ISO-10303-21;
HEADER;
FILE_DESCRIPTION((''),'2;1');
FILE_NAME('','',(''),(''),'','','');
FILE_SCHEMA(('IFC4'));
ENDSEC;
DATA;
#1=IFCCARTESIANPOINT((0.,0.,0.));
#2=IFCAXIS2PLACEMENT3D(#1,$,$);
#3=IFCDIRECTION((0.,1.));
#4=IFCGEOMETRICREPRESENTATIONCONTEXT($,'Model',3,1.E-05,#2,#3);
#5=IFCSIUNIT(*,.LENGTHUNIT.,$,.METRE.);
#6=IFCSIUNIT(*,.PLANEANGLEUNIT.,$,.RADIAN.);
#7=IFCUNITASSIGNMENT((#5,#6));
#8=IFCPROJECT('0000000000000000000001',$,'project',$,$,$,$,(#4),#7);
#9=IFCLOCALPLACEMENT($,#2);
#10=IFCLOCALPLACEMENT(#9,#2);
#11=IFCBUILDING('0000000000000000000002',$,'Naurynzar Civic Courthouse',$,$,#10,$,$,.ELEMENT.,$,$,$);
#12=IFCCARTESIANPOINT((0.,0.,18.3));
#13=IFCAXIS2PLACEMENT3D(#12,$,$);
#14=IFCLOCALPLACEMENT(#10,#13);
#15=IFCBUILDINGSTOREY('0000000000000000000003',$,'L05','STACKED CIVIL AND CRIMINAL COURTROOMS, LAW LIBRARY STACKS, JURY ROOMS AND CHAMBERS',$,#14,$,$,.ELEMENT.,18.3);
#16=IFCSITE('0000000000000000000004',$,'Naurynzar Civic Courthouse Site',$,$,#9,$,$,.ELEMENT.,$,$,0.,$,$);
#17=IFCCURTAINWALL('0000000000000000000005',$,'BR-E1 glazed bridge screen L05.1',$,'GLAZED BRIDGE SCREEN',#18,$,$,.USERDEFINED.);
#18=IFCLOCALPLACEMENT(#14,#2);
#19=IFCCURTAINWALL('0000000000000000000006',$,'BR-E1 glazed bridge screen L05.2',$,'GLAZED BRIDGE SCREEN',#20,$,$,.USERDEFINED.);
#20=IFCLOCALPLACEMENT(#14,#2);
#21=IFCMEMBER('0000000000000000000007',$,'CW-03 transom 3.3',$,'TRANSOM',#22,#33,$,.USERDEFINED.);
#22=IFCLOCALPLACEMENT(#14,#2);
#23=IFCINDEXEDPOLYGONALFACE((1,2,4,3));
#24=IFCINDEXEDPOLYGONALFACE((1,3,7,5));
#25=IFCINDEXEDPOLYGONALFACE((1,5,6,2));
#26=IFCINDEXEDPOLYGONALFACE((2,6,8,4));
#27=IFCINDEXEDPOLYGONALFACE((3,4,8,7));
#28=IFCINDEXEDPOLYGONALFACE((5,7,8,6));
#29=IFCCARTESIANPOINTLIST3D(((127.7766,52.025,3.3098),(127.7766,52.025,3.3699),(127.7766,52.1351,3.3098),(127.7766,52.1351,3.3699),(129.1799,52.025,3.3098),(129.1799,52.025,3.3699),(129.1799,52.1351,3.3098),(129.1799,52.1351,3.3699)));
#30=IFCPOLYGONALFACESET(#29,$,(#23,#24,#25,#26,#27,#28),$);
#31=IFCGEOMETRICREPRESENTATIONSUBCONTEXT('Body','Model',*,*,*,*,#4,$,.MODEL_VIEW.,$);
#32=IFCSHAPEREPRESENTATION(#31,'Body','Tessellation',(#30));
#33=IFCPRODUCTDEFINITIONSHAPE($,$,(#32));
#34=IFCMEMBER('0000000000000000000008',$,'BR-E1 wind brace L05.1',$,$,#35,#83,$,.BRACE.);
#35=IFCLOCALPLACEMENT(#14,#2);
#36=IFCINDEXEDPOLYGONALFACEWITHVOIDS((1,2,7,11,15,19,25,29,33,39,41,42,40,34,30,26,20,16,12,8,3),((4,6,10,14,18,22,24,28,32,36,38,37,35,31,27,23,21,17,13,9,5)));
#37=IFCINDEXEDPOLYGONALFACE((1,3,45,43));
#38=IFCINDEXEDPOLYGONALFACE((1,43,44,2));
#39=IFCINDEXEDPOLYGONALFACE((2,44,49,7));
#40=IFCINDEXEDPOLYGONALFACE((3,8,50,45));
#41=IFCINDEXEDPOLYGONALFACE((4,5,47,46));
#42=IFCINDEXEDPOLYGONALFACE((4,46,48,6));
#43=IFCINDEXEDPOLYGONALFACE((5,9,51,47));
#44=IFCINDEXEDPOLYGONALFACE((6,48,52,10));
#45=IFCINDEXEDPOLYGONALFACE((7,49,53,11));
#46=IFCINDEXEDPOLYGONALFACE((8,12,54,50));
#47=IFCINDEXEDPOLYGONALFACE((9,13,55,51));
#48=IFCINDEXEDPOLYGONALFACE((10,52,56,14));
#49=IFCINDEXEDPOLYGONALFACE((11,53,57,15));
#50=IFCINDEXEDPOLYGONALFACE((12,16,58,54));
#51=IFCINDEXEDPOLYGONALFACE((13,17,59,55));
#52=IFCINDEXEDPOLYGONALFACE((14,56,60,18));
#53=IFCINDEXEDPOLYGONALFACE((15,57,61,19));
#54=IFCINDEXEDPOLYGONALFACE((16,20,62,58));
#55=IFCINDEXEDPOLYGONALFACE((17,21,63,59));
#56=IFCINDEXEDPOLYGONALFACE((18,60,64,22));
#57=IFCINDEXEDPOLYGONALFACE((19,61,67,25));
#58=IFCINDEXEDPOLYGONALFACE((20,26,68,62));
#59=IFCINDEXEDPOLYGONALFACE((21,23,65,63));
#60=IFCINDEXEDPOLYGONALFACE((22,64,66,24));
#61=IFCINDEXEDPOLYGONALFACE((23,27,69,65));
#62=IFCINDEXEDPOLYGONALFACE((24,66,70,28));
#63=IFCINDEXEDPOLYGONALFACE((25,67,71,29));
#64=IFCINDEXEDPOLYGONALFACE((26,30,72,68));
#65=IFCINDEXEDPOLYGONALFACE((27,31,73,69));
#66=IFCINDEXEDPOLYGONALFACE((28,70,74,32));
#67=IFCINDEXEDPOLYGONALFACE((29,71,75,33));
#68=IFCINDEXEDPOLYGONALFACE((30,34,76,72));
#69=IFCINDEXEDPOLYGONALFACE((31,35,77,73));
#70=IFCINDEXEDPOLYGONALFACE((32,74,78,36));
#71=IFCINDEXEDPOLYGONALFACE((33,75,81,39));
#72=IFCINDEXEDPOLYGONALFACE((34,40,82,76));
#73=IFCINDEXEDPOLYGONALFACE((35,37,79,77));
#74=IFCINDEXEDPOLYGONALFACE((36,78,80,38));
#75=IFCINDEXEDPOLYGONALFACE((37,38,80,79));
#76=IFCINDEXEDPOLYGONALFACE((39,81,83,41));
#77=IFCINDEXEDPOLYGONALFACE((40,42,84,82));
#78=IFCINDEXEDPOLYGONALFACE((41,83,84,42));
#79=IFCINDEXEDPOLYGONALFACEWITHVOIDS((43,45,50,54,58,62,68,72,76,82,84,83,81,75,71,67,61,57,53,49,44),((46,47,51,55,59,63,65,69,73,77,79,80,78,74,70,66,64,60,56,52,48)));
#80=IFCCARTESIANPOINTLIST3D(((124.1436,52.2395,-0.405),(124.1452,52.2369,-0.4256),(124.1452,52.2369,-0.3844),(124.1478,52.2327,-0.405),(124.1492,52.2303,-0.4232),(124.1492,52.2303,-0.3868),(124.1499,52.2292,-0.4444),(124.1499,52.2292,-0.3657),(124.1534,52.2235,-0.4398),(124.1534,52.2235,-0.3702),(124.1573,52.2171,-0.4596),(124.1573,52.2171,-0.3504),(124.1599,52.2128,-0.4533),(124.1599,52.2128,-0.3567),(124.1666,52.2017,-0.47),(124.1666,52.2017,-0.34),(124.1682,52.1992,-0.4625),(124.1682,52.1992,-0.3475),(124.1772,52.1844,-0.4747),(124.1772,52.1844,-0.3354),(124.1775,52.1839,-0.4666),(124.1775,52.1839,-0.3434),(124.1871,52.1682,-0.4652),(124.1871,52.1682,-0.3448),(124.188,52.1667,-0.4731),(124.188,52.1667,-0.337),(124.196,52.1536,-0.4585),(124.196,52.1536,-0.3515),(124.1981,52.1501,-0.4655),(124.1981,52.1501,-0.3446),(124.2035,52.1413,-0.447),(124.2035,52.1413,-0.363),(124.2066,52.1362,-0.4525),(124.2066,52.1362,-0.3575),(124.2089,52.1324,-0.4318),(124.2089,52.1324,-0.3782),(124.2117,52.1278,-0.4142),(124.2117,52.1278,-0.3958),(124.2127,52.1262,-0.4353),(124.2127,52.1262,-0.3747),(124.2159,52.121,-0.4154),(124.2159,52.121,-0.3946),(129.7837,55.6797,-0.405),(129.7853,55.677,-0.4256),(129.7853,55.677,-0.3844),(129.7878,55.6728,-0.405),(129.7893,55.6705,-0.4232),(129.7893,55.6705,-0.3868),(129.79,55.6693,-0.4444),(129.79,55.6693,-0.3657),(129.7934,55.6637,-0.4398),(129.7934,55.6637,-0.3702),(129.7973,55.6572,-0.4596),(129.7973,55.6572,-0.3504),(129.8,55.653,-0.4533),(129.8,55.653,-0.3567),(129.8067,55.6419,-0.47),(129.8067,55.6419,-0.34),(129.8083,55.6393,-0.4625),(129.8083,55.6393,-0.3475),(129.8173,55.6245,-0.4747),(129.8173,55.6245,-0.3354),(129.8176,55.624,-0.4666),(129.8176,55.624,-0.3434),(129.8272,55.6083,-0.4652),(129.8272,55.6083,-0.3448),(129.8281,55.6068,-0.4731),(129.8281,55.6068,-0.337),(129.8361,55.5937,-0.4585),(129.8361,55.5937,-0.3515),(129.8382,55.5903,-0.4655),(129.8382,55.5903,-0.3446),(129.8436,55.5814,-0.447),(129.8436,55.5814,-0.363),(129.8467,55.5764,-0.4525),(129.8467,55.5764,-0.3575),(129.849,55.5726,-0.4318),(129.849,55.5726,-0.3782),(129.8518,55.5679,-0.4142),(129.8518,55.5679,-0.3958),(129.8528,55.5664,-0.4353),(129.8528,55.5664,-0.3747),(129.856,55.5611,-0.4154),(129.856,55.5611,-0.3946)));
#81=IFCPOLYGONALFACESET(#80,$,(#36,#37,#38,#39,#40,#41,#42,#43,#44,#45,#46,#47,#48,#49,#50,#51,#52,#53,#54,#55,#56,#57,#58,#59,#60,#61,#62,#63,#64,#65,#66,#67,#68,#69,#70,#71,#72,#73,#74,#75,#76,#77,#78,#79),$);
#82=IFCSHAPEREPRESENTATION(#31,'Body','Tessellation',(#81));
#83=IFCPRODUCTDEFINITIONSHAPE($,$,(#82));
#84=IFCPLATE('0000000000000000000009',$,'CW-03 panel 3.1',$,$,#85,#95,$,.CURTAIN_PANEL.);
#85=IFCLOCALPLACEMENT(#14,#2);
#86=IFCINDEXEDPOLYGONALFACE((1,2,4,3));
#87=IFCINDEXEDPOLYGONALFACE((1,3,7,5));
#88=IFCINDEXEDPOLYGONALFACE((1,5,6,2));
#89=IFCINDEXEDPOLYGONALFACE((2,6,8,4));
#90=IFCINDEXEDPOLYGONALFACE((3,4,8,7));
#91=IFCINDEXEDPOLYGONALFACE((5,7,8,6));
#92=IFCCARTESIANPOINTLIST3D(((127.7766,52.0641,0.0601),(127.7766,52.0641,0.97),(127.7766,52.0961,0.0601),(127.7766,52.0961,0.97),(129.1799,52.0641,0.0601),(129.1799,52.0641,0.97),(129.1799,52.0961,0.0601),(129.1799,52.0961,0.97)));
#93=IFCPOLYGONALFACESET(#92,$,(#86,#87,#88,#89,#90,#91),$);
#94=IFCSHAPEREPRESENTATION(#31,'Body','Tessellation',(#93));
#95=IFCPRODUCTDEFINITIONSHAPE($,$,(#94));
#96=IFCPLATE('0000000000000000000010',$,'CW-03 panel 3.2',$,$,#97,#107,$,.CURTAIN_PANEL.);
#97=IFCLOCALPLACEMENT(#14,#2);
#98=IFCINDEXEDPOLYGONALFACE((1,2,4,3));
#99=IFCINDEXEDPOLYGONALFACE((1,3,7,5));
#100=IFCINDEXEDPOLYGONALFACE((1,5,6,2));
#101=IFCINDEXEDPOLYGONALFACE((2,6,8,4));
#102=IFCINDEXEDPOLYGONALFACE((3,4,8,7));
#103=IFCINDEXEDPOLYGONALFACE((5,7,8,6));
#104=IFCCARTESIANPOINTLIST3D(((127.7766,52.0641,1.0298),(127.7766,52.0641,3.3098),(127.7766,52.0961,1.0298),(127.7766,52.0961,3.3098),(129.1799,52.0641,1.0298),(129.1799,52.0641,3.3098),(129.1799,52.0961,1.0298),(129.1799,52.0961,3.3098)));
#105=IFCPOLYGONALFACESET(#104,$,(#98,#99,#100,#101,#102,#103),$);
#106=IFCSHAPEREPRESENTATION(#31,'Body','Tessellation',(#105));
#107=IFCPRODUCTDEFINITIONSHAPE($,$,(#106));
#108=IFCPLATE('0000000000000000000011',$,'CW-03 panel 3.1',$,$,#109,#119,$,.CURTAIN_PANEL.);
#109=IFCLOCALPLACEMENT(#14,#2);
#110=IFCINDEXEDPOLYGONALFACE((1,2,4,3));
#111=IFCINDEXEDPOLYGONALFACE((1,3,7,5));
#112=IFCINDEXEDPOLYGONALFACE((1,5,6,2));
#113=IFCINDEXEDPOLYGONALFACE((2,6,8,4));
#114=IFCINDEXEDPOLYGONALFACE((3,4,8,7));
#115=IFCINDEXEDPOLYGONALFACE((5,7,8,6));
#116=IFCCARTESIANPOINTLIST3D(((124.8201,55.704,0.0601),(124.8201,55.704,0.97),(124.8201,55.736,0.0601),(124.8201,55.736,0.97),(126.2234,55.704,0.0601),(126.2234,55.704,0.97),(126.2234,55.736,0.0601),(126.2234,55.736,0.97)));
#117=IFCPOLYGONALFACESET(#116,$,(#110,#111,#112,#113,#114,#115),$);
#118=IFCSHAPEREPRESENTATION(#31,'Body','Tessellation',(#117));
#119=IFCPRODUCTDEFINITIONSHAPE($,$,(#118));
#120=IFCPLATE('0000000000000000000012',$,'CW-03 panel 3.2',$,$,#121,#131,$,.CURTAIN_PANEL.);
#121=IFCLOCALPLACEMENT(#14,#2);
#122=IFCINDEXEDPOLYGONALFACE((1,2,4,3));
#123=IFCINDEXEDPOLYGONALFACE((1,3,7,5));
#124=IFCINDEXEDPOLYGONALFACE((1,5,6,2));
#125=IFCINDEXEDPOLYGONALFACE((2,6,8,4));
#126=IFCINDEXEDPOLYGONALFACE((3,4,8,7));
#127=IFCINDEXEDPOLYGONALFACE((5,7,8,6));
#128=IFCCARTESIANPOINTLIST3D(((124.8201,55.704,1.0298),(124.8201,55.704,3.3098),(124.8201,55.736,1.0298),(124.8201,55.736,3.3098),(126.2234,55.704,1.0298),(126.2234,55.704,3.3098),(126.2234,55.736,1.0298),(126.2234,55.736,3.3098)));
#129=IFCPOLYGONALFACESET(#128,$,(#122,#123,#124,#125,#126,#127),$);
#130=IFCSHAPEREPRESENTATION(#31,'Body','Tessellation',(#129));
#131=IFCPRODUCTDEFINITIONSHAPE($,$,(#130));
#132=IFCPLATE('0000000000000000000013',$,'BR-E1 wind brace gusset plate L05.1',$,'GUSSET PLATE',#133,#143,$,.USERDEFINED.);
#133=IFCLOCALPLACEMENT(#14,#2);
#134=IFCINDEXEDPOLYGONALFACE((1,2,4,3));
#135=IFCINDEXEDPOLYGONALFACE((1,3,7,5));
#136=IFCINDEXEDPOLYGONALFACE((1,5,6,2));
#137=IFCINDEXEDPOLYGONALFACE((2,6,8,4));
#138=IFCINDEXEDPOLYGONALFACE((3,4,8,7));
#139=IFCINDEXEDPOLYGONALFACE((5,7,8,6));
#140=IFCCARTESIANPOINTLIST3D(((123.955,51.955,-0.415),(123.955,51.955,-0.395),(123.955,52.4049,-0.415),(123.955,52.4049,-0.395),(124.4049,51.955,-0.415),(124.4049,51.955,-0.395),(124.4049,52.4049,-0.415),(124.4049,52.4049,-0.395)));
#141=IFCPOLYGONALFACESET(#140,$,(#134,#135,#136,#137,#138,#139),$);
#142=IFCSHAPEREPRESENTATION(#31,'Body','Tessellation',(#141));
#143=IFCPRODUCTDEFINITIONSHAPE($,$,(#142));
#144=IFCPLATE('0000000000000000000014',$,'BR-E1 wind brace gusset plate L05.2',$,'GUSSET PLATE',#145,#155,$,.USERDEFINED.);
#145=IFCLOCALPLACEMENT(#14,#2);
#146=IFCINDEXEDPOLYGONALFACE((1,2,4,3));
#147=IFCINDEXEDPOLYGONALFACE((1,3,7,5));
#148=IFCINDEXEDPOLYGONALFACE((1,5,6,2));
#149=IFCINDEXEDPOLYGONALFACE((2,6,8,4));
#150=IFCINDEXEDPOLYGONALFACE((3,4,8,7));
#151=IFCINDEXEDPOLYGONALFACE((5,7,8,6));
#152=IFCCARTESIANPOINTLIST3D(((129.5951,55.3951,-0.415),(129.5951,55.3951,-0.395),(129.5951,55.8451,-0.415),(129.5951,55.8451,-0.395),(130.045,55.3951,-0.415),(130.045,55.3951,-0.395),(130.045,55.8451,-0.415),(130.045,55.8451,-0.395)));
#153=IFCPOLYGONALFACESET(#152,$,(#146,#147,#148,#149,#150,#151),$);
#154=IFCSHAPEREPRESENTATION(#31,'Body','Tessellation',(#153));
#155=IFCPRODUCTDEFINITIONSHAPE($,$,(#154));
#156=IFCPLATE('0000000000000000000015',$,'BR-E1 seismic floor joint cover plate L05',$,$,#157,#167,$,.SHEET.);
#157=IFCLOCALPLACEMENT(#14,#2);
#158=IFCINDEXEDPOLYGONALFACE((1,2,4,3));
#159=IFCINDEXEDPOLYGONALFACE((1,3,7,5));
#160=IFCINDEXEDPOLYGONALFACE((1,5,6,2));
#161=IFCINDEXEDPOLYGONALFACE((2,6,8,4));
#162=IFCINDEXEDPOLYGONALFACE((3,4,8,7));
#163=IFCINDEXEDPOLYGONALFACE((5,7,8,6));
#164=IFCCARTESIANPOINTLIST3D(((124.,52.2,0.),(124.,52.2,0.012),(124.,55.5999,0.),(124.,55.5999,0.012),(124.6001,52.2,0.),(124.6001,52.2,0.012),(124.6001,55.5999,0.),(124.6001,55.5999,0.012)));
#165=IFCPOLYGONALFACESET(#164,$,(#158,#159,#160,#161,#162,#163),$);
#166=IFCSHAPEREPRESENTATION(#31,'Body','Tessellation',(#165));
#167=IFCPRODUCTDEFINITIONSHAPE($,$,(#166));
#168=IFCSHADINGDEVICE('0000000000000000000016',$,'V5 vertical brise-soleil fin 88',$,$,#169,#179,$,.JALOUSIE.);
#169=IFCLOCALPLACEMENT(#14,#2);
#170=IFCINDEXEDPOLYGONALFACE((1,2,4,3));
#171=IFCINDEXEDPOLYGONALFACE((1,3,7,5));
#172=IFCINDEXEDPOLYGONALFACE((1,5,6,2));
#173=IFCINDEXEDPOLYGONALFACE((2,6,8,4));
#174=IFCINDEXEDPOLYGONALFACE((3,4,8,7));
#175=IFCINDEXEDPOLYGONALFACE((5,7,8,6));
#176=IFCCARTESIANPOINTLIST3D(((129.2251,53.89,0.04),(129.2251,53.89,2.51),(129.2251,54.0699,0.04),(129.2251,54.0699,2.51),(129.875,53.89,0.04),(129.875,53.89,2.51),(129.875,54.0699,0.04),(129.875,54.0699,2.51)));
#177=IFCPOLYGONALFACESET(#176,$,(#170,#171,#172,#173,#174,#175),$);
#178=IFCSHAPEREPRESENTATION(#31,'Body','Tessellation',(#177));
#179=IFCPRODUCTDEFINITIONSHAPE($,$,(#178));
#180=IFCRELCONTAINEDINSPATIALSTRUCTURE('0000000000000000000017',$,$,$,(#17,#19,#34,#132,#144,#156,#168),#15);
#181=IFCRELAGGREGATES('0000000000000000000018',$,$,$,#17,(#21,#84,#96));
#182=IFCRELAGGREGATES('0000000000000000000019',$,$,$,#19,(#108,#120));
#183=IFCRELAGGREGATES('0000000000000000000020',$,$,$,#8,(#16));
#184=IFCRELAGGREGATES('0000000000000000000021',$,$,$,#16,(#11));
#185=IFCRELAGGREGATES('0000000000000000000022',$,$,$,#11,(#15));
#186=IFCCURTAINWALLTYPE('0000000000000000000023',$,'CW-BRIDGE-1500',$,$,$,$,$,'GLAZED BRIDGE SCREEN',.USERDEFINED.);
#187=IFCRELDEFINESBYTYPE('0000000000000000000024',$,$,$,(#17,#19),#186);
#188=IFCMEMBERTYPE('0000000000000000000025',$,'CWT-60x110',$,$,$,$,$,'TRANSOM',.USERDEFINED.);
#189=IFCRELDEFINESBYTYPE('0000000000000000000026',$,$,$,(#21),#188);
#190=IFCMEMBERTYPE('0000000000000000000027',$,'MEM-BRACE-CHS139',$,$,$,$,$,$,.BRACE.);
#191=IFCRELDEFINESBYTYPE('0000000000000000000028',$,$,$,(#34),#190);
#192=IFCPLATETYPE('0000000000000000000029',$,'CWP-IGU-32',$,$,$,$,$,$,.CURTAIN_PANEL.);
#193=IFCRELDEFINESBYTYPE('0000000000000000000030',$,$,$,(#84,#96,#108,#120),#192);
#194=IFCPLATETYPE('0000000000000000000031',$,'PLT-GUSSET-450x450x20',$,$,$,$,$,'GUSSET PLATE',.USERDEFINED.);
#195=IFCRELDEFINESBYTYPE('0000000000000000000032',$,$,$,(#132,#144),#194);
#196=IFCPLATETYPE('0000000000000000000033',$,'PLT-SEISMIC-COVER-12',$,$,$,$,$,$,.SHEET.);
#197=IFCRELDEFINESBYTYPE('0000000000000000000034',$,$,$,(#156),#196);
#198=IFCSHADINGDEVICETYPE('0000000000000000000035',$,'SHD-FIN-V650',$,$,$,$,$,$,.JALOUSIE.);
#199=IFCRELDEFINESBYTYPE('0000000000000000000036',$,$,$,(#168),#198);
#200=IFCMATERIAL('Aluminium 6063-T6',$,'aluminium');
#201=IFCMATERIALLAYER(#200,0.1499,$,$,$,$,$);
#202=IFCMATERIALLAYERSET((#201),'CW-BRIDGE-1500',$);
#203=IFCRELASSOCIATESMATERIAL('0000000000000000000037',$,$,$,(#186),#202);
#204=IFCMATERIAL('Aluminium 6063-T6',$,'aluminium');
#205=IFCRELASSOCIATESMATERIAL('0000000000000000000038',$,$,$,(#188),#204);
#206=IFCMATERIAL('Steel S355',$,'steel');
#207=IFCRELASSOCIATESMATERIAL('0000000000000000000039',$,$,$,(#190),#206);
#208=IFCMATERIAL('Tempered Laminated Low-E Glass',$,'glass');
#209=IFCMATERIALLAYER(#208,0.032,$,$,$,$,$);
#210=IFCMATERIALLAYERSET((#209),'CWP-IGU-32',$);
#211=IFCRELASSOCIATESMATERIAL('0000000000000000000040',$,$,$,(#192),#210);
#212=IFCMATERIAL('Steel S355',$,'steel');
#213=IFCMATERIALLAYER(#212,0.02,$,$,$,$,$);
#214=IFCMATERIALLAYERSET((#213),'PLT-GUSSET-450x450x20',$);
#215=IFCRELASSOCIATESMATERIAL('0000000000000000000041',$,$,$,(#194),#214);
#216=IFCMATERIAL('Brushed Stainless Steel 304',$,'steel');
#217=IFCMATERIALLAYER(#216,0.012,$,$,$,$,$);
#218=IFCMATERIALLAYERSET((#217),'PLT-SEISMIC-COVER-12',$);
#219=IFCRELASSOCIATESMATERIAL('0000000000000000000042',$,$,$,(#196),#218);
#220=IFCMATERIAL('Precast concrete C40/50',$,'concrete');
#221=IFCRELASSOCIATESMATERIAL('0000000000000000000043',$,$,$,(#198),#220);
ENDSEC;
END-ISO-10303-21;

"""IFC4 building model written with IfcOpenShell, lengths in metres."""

from ifc_helpers import new_model, si_unit, direction, frame, origin, origin_2d, place, context, subcontext, project, spatial, rectangle, hollow_circle, extrude, material, layer, layer_set, material_profile, profile_set, type_object, element, aggregate, save


model = new_model("IFC4")

# Units and contexts
model_context = context("Model", 3, precision=1e-05, world=origin(), true_north=direction((0.0, 1.0)))
body_context = subcontext(model_context, "Body", "Model", "MODEL_VIEW")
ifc_project = project(units=[si_unit("LENGTHUNIT", "METRE"), si_unit("PLANEANGLEUNIT", "RADIAN")], contexts=[model_context])

# Site, building, storey
site_placement = place(None, origin())
site = spatial("IfcSite", under=ifc_project, at=site_placement, Name="Naurynzar Civic Courthouse Site", CompositionType="ELEMENT", RefElevation=0.0)
building_placement = place(site_placement, origin())
building = spatial("IfcBuilding", under=site, at=building_placement, Name="Naurynzar Civic Courthouse", CompositionType="ELEMENT")
storey_placement = place(building_placement, frame((0.0, 0.0, 18.3)))
storey = spatial("IfcBuildingStorey", under=building, at=storey_placement, Name="L05", Description="STACKED CIVIL AND CRIMINAL COURTROOMS, LAW LIBRARY STACKS, JURY ROOMS AND CHAMBERS", CompositionType="ELEMENT", Elevation=18.3)

# Curtain walls
ifc_material_1 = material(Name="Aluminium 6063-T6", Category="aluminium")
ifc_layer_1 = layer(ifc_material_1, 0.1499)
ifc_layer_set_1 = layer_set([ifc_layer_1], Name="CW-BRIDGE-1500")
curtain_wall_type = type_object("IfcCurtainWallType", Name="CW-BRIDGE-1500", ElementType="GLAZED BRIDGE SCREEN", PredefinedType="USERDEFINED", material=ifc_layer_set_1)
curtain_wall_1_placement = place(storey_placement, origin())
curtain_wall_1 = element("IfcCurtainWall", 1, at=curtain_wall_1_placement, inside=storey, type_object=curtain_wall_type, Name="BR-E1 glazed bridge screen L05.1", ObjectType="GLAZED BRIDGE SCREEN", PredefinedType="USERDEFINED")
curtain_wall_2_placement = place(storey_placement, origin())
curtain_wall_2 = element("IfcCurtainWall", 2, at=curtain_wall_2_placement, inside=storey, type_object=curtain_wall_type, Name="BR-E1 glazed bridge screen L05.2", ObjectType="GLAZED BRIDGE SCREEN", PredefinedType="USERDEFINED")

# Members
ifc_material_2 = material(Name="Aluminium 6063-T6", Category="aluminium")
ifc_material_profile_1 = material_profile(ifc_material_2, rectangle(XDim=0.1101, YDim=0.0601, at=origin_2d()), Name="ALU TRANSOM 60x110")
ifc_profile_set_1 = profile_set([ifc_material_profile_1], Name="Aluminium 6063-T6")
member_type_1 = type_object("IfcMemberType", Name="CWT-60x110", ElementType="TRANSOM", PredefinedType="USERDEFINED", material=ifc_profile_set_1)
member_1_placement = place(storey_placement, frame((127.7766, 52.0801, 3.3398), z_axis=(1.0, 0.0, 0.0), x_axis=(0.0, 1.0, 0.0)))
member_1 = element("IfcMember", 3, at=member_1_placement, type_object=member_type_1, Name="CW-03 transom 3.3", ObjectType="TRANSOM", PredefinedType="USERDEFINED", context=body_context, shape_type="SweptSolid", body=[
    extrude(rectangle(XDim=0.1101, YDim=0.0601, at=origin_2d()), origin(), (0.0, 0.0, 1.0), 1.4033),
])
ifc_material_3 = material(Name="Steel S355", Category="steel")
ifc_material_profile_2 = material_profile(ifc_material_3, hollow_circle(Radius=0.0698, WallThickness=0.0081, at=origin_2d()), Name="CHS 139.7x8")
ifc_profile_set_2 = profile_set([ifc_material_profile_2], Name="Steel S355")
member_type_2 = type_object("IfcMemberType", Name="MEM-BRACE-CHS139", PredefinedType="BRACE", material=ifc_profile_set_2)
member_2_placement = place(storey_placement, frame((124.1799, 52.1799, -0.405), z_axis=(0.853724, 0.520726, 0.0), x_axis=(-0.520726, 0.853724, 0.0)))
element("IfcMember", 4, at=member_2_placement, inside=storey, type_object=member_type_2, Name="BR-E1 wind brace L05.1", PredefinedType="BRACE", context=body_context, shape_type="SweptSolid", body=[
    extrude(hollow_circle(Radius=0.0698, WallThickness=0.0081, at=origin_2d()), origin(), (0.0, 0.0, 1.0), 6.6064),
])

# Plates
ifc_material_4 = material(Name="Tempered Laminated Low-E Glass", Category="glass")
ifc_layer_2 = layer(ifc_material_4, 0.032)
ifc_layer_set_2 = layer_set([ifc_layer_2], Name="CWP-IGU-32")
plate_type_1 = type_object("IfcPlateType", Name="CWP-IGU-32", PredefinedType="CURTAIN_PANEL", material=ifc_layer_set_2)
plate_1_placement = place(storey_placement, frame((128.4783, 52.0801, 0.0601), z_axis=(0.0, 0.0, 1.0), x_axis=(1.0, 0.0, 0.0)))
plate_1 = element("IfcPlate", 5, at=plate_1_placement, type_object=plate_type_1, Name="CW-03 panel 3.1", PredefinedType="CURTAIN_PANEL", context=body_context, shape_type="SweptSolid", body=[
    extrude(rectangle(XDim=1.4033, YDim=0.032, at=origin_2d()), origin(), (0.0, 0.0, 1.0), 0.9099),
])
plate_2_placement = place(storey_placement, frame((128.4783, 52.0801, 1.0298), z_axis=(0.0, 0.0, 1.0), x_axis=(1.0, 0.0, 0.0)))
plate_2 = element("IfcPlate", 6, at=plate_2_placement, type_object=plate_type_1, Name="CW-03 panel 3.2", PredefinedType="CURTAIN_PANEL", context=body_context, shape_type="SweptSolid", body=[
    extrude(rectangle(XDim=1.4033, YDim=0.032, at=origin_2d()), origin(), (0.0, 0.0, 1.0), 2.28),
])
aggregate(curtain_wall_1, [member_1, plate_1, plate_2])
plate_3_placement = place(storey_placement, frame((125.5217, 55.72, 0.0601), z_axis=(0.0, 0.0, 1.0), x_axis=(-1.0, 0.0, 0.0)))
plate_3 = element("IfcPlate", 7, at=plate_3_placement, type_object=plate_type_1, Name="CW-03 panel 3.1", PredefinedType="CURTAIN_PANEL", context=body_context, shape_type="SweptSolid", body=[
    extrude(rectangle(XDim=1.4033, YDim=0.032, at=origin_2d()), origin(), (0.0, 0.0, 1.0), 0.9099),
])
plate_4_placement = place(storey_placement, frame((125.5217, 55.72, 1.0298), z_axis=(0.0, 0.0, 1.0), x_axis=(-1.0, 0.0, 0.0)))
plate_4 = element("IfcPlate", 8, at=plate_4_placement, type_object=plate_type_1, Name="CW-03 panel 3.2", PredefinedType="CURTAIN_PANEL", context=body_context, shape_type="SweptSolid", body=[
    extrude(rectangle(XDim=1.4033, YDim=0.032, at=origin_2d()), origin(), (0.0, 0.0, 1.0), 2.28),
])
aggregate(curtain_wall_2, [plate_3, plate_4])

# Plates
ifc_material_5 = material(Name="Steel S355", Category="steel")
ifc_layer_3 = layer(ifc_material_5, 0.02)
ifc_layer_set_3 = layer_set([ifc_layer_3], Name="PLT-GUSSET-450x450x20")
plate_type_2 = type_object("IfcPlateType", Name="PLT-GUSSET-450x450x20", ElementType="GUSSET PLATE", PredefinedType="USERDEFINED", material=ifc_layer_set_3)
for number, where, z_axis, x_axis, name in (
    (9, (124.1799, 52.1799, -0.415), (0.0, 0.0, 1.0), (1.0, 0.0, 0.0), "BR-E1 wind brace gusset plate L05.1"),
    (10, (129.8201, 55.6201, -0.415), (0.0, 0.0, 1.0), (1.0, 0.0, 0.0), "BR-E1 wind brace gusset plate L05.2"),
):
    element("IfcPlate", number, at=place(storey_placement, frame(where, z_axis=z_axis, x_axis=x_axis)), inside=storey, type_object=plate_type_2, Name=name, ObjectType="GUSSET PLATE", PredefinedType="USERDEFINED", context=body_context, shape_type="SweptSolid", body=[
        extrude(rectangle(XDim=0.45, YDim=0.45, at=origin_2d()), origin(), (0.0, 0.0, 1.0), 0.02),
    ])
ifc_material_6 = material(Name="Brushed Stainless Steel 304", Category="steel")
ifc_layer_4 = layer(ifc_material_6, 0.012)
ifc_layer_set_4 = layer_set([ifc_layer_4], Name="PLT-SEISMIC-COVER-12")
plate_type_3 = type_object("IfcPlateType", Name="PLT-SEISMIC-COVER-12", PredefinedType="SHEET", material=ifc_layer_set_4)
plate_5_placement = place(storey_placement, frame((124.3, 53.8999, 0.0), z_axis=(0.0, 0.0, 1.0), x_axis=(1.0, 0.0, 0.0)))
element("IfcPlate", 11, at=plate_5_placement, inside=storey, type_object=plate_type_3, Name="BR-E1 seismic floor joint cover plate L05", PredefinedType="SHEET", context=body_context, shape_type="SweptSolid", body=[
    extrude(rectangle(XDim=0.6001, YDim=3.3999, at=origin_2d()), origin(), (0.0, 0.0, 1.0), 0.012),
])

# Shading device
ifc_material_7 = material(Name="Precast concrete C40/50", Category="concrete")
shading_device_type = type_object("IfcShadingDeviceType", Name="SHD-FIN-V650", PredefinedType="JALOUSIE", material=ifc_material_7)
shading_device_placement = place(storey_placement, frame((129.55, 53.98, 0.04), z_axis=(0.0, 0.0, 1.0), x_axis=(0.0, 1.0, 0.0)))
element("IfcShadingDevice", 12, at=shading_device_placement, inside=storey, type_object=shading_device_type, Name="V5 vertical brise-soleil fin 88", PredefinedType="JALOUSIE", context=body_context, shape_type="SweptSolid", body=[
    extrude(rectangle(XDim=0.1799, YDim=0.6499, at=origin_2d()), origin(), (0.0, 0.0, 1.0), 2.47),
])

save(model, "model.ifc")
